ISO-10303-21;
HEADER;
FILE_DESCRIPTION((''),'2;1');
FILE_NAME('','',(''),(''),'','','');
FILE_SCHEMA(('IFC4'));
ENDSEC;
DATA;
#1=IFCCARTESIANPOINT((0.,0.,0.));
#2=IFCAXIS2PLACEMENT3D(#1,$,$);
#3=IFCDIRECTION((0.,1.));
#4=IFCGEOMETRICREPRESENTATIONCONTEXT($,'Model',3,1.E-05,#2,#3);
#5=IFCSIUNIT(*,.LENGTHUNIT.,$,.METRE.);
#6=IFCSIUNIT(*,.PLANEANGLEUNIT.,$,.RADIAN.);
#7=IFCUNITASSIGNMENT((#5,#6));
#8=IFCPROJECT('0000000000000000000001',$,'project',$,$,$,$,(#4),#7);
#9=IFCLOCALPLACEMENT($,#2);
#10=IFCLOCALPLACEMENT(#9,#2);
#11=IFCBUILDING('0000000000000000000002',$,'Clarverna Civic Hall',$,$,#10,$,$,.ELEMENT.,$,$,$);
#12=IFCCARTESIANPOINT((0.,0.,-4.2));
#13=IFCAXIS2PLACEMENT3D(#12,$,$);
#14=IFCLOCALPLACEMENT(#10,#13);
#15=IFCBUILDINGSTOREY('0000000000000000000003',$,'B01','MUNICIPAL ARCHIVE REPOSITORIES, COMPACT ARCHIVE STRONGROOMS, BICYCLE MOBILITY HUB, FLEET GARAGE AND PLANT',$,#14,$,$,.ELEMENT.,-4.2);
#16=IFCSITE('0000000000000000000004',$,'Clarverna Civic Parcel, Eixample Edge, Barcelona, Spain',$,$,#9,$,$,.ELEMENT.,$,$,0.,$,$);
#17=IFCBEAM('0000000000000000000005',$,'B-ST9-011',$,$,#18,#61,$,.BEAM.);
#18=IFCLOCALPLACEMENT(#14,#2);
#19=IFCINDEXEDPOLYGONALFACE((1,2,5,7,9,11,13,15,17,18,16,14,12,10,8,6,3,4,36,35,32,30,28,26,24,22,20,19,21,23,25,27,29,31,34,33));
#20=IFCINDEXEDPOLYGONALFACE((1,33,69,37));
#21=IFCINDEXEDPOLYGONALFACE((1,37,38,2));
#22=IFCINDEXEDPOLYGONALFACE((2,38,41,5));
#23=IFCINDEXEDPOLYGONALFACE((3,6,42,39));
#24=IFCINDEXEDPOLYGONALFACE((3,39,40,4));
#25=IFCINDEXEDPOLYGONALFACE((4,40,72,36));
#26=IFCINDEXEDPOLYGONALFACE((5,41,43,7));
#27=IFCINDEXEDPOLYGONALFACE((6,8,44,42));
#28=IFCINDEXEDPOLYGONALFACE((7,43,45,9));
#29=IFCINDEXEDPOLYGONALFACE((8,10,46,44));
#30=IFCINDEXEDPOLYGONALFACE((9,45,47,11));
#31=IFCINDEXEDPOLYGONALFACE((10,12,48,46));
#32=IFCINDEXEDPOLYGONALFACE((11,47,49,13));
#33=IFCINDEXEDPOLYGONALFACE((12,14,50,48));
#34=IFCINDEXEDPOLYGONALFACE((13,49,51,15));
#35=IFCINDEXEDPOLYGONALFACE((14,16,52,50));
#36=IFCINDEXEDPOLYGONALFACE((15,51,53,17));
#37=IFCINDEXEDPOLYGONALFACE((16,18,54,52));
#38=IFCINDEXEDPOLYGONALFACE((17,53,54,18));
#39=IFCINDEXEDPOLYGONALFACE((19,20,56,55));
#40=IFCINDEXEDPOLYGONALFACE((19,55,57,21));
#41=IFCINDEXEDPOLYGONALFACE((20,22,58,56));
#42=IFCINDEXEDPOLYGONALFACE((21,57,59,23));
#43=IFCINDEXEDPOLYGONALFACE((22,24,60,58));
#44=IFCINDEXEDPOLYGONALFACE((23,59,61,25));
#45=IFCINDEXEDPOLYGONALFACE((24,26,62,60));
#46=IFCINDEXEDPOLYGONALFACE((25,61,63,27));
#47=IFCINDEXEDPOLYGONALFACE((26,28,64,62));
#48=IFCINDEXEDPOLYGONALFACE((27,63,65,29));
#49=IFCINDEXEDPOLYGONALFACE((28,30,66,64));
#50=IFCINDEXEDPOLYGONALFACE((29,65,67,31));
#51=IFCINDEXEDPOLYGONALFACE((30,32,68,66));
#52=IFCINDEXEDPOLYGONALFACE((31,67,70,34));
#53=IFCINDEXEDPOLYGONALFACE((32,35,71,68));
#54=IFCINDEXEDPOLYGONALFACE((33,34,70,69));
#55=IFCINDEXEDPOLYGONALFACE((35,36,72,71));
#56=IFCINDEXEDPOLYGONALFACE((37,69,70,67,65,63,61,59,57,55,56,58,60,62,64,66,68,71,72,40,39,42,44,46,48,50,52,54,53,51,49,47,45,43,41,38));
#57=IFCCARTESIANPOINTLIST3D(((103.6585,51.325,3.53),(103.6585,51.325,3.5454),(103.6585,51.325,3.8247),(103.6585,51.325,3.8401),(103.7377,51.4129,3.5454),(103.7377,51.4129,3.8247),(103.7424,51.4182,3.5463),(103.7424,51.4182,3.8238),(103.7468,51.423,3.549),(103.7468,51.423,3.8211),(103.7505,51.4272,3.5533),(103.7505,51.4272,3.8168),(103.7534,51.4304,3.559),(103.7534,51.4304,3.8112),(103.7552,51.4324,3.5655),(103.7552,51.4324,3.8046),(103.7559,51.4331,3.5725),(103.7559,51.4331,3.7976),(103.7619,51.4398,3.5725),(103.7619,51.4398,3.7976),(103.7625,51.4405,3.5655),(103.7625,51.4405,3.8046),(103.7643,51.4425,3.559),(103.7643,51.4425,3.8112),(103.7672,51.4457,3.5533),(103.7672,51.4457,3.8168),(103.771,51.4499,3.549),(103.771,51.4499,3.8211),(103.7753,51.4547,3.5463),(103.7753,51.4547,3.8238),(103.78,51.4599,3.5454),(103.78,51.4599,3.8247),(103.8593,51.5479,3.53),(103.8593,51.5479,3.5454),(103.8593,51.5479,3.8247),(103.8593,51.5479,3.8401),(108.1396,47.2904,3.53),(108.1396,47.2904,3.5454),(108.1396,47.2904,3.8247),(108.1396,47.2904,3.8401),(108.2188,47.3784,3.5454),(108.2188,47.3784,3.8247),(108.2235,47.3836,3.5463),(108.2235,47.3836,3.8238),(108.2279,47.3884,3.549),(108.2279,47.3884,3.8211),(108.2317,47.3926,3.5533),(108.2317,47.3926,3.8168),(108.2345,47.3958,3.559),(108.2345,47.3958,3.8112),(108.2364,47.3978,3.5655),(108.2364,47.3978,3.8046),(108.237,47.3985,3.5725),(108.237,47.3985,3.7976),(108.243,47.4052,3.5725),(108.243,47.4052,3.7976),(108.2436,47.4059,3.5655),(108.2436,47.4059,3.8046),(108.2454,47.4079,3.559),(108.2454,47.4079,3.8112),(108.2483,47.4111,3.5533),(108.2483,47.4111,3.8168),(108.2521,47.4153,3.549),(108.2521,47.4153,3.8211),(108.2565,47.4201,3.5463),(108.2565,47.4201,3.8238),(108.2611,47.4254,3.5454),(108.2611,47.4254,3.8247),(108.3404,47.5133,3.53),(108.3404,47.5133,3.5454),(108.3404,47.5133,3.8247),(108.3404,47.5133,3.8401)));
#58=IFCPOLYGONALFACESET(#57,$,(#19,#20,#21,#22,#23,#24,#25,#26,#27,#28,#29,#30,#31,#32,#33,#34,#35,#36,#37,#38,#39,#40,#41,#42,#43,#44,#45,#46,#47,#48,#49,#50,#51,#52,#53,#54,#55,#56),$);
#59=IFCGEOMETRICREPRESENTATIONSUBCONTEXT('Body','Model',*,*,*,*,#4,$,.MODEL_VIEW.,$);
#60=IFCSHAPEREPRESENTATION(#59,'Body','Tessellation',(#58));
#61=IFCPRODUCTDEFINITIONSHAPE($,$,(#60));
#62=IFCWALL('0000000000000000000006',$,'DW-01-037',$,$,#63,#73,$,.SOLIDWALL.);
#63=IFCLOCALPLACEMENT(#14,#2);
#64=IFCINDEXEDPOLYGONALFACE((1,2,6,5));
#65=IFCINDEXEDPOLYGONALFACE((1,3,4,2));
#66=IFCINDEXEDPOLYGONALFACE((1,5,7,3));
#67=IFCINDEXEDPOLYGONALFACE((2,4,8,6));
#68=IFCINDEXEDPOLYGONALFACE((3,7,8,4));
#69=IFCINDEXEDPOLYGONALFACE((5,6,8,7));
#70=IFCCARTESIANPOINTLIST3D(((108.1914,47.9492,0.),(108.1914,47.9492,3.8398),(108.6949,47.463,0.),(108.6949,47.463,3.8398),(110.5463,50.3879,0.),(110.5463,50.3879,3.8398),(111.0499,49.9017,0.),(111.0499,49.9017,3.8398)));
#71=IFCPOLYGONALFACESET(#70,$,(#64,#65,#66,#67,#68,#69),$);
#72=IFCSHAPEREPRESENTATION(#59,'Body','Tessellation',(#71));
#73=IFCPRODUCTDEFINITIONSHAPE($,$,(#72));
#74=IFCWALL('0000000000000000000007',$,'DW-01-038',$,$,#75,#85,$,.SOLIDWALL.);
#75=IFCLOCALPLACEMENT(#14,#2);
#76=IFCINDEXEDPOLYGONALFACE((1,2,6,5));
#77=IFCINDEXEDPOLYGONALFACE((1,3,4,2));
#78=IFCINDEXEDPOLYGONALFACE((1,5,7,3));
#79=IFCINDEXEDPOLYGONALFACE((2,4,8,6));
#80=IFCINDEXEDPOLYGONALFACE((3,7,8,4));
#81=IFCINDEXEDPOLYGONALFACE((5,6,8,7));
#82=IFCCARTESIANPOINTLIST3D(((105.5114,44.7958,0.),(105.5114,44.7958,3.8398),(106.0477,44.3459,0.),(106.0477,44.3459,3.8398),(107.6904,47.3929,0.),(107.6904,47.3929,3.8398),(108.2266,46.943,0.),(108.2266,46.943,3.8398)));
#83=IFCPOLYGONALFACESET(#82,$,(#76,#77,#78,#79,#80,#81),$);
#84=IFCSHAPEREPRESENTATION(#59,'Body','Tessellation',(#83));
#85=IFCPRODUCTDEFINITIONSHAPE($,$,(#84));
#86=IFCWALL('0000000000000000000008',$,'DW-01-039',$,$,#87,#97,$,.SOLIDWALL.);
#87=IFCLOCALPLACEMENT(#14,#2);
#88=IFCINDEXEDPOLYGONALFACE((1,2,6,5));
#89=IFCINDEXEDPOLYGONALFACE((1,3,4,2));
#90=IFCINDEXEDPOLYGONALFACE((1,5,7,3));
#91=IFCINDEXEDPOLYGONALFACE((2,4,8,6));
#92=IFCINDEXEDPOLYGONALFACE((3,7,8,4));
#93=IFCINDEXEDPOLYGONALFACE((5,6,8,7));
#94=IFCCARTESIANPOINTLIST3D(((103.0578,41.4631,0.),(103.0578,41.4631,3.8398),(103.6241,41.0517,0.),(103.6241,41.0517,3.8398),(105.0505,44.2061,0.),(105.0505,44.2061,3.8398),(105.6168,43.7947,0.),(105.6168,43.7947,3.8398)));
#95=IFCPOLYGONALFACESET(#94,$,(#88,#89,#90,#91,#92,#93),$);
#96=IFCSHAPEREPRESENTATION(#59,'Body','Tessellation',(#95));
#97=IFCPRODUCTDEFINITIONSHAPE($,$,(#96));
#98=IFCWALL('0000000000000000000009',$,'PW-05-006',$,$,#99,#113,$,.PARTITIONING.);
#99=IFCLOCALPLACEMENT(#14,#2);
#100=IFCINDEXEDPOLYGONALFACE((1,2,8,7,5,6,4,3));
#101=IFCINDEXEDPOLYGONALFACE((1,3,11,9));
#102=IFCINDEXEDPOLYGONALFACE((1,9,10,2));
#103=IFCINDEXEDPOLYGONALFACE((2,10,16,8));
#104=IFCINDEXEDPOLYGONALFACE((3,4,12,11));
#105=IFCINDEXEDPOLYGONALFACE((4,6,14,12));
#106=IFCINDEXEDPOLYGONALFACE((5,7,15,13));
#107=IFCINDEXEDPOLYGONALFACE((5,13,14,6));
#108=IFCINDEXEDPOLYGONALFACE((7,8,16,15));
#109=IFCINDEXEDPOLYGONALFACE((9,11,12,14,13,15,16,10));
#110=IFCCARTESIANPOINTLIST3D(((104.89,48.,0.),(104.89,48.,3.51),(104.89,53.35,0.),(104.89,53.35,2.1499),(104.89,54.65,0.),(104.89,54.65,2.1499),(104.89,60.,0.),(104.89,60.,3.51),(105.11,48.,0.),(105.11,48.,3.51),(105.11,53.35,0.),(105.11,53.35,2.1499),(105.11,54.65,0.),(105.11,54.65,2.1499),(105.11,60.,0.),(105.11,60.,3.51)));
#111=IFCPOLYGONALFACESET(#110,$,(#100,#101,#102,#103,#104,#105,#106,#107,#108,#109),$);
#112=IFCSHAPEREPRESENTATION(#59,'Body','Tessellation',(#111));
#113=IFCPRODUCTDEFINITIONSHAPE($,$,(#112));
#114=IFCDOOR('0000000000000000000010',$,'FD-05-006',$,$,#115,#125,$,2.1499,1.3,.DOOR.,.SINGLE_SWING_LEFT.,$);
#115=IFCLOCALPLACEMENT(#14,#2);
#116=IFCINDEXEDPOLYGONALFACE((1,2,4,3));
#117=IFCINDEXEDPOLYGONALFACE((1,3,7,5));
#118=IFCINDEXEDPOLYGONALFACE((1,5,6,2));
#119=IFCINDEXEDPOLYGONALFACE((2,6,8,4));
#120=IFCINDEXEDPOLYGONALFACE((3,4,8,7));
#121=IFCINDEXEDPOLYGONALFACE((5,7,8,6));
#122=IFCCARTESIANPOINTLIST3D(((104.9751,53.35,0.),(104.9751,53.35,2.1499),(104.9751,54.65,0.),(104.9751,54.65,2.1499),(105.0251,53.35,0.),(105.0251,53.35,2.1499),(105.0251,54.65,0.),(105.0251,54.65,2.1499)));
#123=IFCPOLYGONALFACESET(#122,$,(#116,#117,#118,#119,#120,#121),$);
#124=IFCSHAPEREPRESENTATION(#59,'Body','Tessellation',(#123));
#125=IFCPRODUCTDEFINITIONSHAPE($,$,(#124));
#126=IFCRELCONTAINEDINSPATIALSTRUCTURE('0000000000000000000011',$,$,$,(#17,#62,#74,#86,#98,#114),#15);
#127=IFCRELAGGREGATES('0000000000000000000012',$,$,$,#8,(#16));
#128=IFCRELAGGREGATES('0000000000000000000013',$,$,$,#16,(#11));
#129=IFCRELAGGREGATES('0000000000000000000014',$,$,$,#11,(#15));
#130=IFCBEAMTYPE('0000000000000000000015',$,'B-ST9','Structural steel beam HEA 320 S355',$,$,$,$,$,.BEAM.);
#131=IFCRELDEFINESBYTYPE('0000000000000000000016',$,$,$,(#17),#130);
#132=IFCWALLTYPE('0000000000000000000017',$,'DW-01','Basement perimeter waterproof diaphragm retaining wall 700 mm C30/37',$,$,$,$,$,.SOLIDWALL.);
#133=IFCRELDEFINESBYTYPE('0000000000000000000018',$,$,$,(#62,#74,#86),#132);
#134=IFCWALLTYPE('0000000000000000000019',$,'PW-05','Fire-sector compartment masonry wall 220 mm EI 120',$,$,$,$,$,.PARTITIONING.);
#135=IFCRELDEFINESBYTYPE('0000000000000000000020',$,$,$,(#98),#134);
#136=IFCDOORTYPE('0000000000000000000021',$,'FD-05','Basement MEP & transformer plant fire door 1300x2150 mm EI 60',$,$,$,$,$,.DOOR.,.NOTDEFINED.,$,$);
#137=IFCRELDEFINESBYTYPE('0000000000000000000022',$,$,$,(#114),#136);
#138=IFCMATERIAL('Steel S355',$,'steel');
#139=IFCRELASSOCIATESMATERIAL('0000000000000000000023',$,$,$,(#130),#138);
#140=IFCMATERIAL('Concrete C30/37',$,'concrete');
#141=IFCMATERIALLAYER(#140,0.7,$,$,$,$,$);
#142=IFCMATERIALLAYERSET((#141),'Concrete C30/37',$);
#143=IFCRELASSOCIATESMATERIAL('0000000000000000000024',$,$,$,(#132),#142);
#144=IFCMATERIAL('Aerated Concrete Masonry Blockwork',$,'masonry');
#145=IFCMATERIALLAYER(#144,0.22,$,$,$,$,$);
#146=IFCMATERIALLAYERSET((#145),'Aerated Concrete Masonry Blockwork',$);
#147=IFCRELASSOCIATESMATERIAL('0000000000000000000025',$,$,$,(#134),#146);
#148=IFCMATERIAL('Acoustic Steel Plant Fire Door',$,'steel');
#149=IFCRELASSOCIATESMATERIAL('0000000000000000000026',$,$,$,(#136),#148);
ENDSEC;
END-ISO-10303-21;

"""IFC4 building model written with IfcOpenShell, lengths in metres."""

from ifc_helpers import new_model, si_unit, direction, frame, frame_2d, origin, origin_2d, place, context, subcontext, project, spatial, rectangle, i_section, extrude, material, layer, layer_set, material_profile, profile_set, type_object, element, fill, save


model = new_model("IFC4")

# Units and contexts
model_context = context("Model", 3, precision=1e-05, world=origin(), true_north=direction((0.0, 1.0)))
body_context = subcontext(model_context, "Body", "Model", "MODEL_VIEW")
ifc_project = project(units=[si_unit("LENGTHUNIT", "METRE"), si_unit("PLANEANGLEUNIT", "RADIAN")], contexts=[model_context])

# Site, building, storey
site_placement = place(None, origin())
site = spatial("IfcSite", under=ifc_project, at=site_placement, Name="Clarverna Civic Parcel, Eixample Edge, Barcelona, Spain", CompositionType="ELEMENT", RefElevation=0.0)
building_placement = place(site_placement, origin())
building = spatial("IfcBuilding", under=site, at=building_placement, Name="Clarverna Civic Hall", CompositionType="ELEMENT")
storey_placement = place(building_placement, frame((0.0, 0.0, -4.2)))
storey = spatial("IfcBuildingStorey", under=building, at=storey_placement, Name="B01", Description="MUNICIPAL ARCHIVE REPOSITORIES, COMPACT ARCHIVE STRONGROOMS, BICYCLE MOBILITY HUB, FLEET GARAGE AND PLANT", CompositionType="ELEMENT", Elevation=-4.2)

# Shared definitions
ifc_material_1 = material(Name="Concrete C30/37", Category="concrete")

# Beam
ifc_material_2 = material(Name="Steel S355", Category="steel")
ifc_material_profile_1 = material_profile(ifc_material_2, i_section(OverallWidth=0.3, OverallDepth=0.3101, WebThickness=0.009, FlangeThickness=0.0154, FilletRadius=0.0271, at=origin_2d()), Name="HEA 320")
ifc_profile_set_1 = profile_set([ifc_material_profile_1], Name="Steel S355")
beam_type_1 = type_object("IfcBeamType", Name="B-ST9", Description="Structural steel beam HEA 320 S355", PredefinedType="BEAM", material=ifc_profile_set_1)
beam_1_placement = place(storey_placement, frame((108.24, 47.4019, 3.6851), z_axis=(-0.743163, 0.66911, 0.0), x_axis=(-0.66911, -0.743163, 0.0)))
element("IfcBeam", 1, at=beam_1_placement, inside=storey, type_object=beam_type_1, Name="B-ST9-011", PredefinedType="BEAM", context=body_context, shape_type="SweptSolid", body=[
    extrude(i_section(OverallWidth=0.3, OverallDepth=0.3101, WebThickness=0.009, FlangeThickness=0.0154, FilletRadius=0.0271, at=origin_2d()), origin(), (0.0, 0.0, 1.0), 6.0298),
])

# Walls
ifc_layer_1 = layer(ifc_material_1, 0.7)
ifc_layer_set_1 = layer_set([ifc_layer_1], Name="Concrete C30/37")
wall_type_1 = type_object("IfcWallType", Name="DW-01", Description="Basement perimeter waterproof diaphragm retaining wall 700 mm C30/37", PredefinedType="SOLIDWALL", material=ifc_layer_set_1)
for number, where, z_axis, x_axis, name in (
    (2, (110.7981, 50.1448, 0.0), (0.0, 0.0, 1.0), (-0.694648, -0.719349, 0.0), "DW-01-037"),
    (3, (107.9585, 47.168, 0.0), (0.0, 0.0, 1.0), (-0.642731, -0.766092, 0.0), "DW-01-038"),
):
    element("IfcWall", number, at=place(storey_placement, frame(where, z_axis=z_axis, x_axis=x_axis)), inside=storey, type_object=wall_type_1, Name=name, PredefinedType="SOLIDWALL", context=body_context, shape_type="SweptSolid", body=[
        extrude(rectangle(XDim=3.3901, YDim=0.7, at=frame_2d((1.6951, 0.0))), origin(), (0.0, 0.0, 1.0), 3.8398),
    ])
wall_1_placement = place(storey_placement, frame((105.3337, 44.0005, 0.0), z_axis=(0.0, 0.0, 1.0), x_axis=(-0.587752, -0.809041, 0.0)))
element("IfcWall", 4, at=wall_1_placement, inside=storey, type_object=wall_type_1, Name="DW-01-039", PredefinedType="SOLIDWALL", context=body_context, shape_type="SweptSolid", body=[
    extrude(rectangle(XDim=3.3904, YDim=0.7, at=frame_2d((1.6953, 0.0))), origin(), (0.0, 0.0, 1.0), 3.8398),
])

# Wall, opening, door
ifc_material_3 = material(Name="Aerated Concrete Masonry Blockwork", Category="masonry")
ifc_layer_2 = layer(ifc_material_3, 0.22)
ifc_layer_set_2 = layer_set([ifc_layer_2], Name="Aerated Concrete Masonry Blockwork")
wall_type_2 = type_object("IfcWallType", Name="PW-05", Description="Fire-sector compartment masonry wall 220 mm EI 120", PredefinedType="PARTITIONING", material=ifc_layer_set_2)
wall_2_placement = place(storey_placement, frame((105.0, 48.0, 0.0), z_axis=(0.0, 0.0, 1.0), x_axis=(0.0, 1.0, 0.0)))
wall_2 = element("IfcWall", 5, at=wall_2_placement, inside=storey, type_object=wall_type_2, Name="PW-05-006", PredefinedType="PARTITIONING", context=body_context, shape_type="SweptSolid", body=[
    extrude(rectangle(XDim=12.0, YDim=0.22, at=frame_2d((6.0, 0.0))), origin(), (0.0, 0.0, 1.0), 3.51),
])
opening_placement = place(wall_2_placement, frame((5.3501, 0.0, 0.0)))
opening = element("IfcOpeningElement", 6, at=opening_placement, cuts=wall_2, PredefinedType="OPENING", context=body_context, shape_type="SweptSolid", body=[
    extrude(rectangle(XDim=1.3, YDim=2.1499, at=frame_2d((0.6499, 1.075))), frame((0.0, 0.1199, 0.0), z_axis=(0.0, -1.0, 0.0), x_axis=(1.0, 0.0, 0.0)), (0.0, 0.0, 1.0), 0.24),
])
ifc_material_4 = material(Name="Acoustic Steel Plant Fire Door", Category="steel")
door_type = type_object("IfcDoorType", Name="FD-05", Description="Basement MEP & transformer plant fire door 1300x2150 mm EI 60", OperationType="NOTDEFINED", PredefinedType="DOOR", material=ifc_material_4)
door_placement = place(opening_placement, origin())
door = element("IfcDoor", 7, at=door_placement, inside=storey, type_object=door_type, Name="FD-05-006", OperationType="SINGLE_SWING_LEFT", OverallHeight=2.1499, OverallWidth=1.3, PredefinedType="DOOR", context=body_context, shape_type="SweptSolid", body=[
    extrude(rectangle(XDim=1.3, YDim=2.1499, at=frame_2d((0.6499, 1.075))), frame((0.0, 0.0249, 0.0), z_axis=(0.0, -1.0, 0.0), x_axis=(1.0, 0.0, 0.0)), (0.0, 0.0, 1.0), 0.05),
])
fill(opening, door)

save(model, "model.ifc")
